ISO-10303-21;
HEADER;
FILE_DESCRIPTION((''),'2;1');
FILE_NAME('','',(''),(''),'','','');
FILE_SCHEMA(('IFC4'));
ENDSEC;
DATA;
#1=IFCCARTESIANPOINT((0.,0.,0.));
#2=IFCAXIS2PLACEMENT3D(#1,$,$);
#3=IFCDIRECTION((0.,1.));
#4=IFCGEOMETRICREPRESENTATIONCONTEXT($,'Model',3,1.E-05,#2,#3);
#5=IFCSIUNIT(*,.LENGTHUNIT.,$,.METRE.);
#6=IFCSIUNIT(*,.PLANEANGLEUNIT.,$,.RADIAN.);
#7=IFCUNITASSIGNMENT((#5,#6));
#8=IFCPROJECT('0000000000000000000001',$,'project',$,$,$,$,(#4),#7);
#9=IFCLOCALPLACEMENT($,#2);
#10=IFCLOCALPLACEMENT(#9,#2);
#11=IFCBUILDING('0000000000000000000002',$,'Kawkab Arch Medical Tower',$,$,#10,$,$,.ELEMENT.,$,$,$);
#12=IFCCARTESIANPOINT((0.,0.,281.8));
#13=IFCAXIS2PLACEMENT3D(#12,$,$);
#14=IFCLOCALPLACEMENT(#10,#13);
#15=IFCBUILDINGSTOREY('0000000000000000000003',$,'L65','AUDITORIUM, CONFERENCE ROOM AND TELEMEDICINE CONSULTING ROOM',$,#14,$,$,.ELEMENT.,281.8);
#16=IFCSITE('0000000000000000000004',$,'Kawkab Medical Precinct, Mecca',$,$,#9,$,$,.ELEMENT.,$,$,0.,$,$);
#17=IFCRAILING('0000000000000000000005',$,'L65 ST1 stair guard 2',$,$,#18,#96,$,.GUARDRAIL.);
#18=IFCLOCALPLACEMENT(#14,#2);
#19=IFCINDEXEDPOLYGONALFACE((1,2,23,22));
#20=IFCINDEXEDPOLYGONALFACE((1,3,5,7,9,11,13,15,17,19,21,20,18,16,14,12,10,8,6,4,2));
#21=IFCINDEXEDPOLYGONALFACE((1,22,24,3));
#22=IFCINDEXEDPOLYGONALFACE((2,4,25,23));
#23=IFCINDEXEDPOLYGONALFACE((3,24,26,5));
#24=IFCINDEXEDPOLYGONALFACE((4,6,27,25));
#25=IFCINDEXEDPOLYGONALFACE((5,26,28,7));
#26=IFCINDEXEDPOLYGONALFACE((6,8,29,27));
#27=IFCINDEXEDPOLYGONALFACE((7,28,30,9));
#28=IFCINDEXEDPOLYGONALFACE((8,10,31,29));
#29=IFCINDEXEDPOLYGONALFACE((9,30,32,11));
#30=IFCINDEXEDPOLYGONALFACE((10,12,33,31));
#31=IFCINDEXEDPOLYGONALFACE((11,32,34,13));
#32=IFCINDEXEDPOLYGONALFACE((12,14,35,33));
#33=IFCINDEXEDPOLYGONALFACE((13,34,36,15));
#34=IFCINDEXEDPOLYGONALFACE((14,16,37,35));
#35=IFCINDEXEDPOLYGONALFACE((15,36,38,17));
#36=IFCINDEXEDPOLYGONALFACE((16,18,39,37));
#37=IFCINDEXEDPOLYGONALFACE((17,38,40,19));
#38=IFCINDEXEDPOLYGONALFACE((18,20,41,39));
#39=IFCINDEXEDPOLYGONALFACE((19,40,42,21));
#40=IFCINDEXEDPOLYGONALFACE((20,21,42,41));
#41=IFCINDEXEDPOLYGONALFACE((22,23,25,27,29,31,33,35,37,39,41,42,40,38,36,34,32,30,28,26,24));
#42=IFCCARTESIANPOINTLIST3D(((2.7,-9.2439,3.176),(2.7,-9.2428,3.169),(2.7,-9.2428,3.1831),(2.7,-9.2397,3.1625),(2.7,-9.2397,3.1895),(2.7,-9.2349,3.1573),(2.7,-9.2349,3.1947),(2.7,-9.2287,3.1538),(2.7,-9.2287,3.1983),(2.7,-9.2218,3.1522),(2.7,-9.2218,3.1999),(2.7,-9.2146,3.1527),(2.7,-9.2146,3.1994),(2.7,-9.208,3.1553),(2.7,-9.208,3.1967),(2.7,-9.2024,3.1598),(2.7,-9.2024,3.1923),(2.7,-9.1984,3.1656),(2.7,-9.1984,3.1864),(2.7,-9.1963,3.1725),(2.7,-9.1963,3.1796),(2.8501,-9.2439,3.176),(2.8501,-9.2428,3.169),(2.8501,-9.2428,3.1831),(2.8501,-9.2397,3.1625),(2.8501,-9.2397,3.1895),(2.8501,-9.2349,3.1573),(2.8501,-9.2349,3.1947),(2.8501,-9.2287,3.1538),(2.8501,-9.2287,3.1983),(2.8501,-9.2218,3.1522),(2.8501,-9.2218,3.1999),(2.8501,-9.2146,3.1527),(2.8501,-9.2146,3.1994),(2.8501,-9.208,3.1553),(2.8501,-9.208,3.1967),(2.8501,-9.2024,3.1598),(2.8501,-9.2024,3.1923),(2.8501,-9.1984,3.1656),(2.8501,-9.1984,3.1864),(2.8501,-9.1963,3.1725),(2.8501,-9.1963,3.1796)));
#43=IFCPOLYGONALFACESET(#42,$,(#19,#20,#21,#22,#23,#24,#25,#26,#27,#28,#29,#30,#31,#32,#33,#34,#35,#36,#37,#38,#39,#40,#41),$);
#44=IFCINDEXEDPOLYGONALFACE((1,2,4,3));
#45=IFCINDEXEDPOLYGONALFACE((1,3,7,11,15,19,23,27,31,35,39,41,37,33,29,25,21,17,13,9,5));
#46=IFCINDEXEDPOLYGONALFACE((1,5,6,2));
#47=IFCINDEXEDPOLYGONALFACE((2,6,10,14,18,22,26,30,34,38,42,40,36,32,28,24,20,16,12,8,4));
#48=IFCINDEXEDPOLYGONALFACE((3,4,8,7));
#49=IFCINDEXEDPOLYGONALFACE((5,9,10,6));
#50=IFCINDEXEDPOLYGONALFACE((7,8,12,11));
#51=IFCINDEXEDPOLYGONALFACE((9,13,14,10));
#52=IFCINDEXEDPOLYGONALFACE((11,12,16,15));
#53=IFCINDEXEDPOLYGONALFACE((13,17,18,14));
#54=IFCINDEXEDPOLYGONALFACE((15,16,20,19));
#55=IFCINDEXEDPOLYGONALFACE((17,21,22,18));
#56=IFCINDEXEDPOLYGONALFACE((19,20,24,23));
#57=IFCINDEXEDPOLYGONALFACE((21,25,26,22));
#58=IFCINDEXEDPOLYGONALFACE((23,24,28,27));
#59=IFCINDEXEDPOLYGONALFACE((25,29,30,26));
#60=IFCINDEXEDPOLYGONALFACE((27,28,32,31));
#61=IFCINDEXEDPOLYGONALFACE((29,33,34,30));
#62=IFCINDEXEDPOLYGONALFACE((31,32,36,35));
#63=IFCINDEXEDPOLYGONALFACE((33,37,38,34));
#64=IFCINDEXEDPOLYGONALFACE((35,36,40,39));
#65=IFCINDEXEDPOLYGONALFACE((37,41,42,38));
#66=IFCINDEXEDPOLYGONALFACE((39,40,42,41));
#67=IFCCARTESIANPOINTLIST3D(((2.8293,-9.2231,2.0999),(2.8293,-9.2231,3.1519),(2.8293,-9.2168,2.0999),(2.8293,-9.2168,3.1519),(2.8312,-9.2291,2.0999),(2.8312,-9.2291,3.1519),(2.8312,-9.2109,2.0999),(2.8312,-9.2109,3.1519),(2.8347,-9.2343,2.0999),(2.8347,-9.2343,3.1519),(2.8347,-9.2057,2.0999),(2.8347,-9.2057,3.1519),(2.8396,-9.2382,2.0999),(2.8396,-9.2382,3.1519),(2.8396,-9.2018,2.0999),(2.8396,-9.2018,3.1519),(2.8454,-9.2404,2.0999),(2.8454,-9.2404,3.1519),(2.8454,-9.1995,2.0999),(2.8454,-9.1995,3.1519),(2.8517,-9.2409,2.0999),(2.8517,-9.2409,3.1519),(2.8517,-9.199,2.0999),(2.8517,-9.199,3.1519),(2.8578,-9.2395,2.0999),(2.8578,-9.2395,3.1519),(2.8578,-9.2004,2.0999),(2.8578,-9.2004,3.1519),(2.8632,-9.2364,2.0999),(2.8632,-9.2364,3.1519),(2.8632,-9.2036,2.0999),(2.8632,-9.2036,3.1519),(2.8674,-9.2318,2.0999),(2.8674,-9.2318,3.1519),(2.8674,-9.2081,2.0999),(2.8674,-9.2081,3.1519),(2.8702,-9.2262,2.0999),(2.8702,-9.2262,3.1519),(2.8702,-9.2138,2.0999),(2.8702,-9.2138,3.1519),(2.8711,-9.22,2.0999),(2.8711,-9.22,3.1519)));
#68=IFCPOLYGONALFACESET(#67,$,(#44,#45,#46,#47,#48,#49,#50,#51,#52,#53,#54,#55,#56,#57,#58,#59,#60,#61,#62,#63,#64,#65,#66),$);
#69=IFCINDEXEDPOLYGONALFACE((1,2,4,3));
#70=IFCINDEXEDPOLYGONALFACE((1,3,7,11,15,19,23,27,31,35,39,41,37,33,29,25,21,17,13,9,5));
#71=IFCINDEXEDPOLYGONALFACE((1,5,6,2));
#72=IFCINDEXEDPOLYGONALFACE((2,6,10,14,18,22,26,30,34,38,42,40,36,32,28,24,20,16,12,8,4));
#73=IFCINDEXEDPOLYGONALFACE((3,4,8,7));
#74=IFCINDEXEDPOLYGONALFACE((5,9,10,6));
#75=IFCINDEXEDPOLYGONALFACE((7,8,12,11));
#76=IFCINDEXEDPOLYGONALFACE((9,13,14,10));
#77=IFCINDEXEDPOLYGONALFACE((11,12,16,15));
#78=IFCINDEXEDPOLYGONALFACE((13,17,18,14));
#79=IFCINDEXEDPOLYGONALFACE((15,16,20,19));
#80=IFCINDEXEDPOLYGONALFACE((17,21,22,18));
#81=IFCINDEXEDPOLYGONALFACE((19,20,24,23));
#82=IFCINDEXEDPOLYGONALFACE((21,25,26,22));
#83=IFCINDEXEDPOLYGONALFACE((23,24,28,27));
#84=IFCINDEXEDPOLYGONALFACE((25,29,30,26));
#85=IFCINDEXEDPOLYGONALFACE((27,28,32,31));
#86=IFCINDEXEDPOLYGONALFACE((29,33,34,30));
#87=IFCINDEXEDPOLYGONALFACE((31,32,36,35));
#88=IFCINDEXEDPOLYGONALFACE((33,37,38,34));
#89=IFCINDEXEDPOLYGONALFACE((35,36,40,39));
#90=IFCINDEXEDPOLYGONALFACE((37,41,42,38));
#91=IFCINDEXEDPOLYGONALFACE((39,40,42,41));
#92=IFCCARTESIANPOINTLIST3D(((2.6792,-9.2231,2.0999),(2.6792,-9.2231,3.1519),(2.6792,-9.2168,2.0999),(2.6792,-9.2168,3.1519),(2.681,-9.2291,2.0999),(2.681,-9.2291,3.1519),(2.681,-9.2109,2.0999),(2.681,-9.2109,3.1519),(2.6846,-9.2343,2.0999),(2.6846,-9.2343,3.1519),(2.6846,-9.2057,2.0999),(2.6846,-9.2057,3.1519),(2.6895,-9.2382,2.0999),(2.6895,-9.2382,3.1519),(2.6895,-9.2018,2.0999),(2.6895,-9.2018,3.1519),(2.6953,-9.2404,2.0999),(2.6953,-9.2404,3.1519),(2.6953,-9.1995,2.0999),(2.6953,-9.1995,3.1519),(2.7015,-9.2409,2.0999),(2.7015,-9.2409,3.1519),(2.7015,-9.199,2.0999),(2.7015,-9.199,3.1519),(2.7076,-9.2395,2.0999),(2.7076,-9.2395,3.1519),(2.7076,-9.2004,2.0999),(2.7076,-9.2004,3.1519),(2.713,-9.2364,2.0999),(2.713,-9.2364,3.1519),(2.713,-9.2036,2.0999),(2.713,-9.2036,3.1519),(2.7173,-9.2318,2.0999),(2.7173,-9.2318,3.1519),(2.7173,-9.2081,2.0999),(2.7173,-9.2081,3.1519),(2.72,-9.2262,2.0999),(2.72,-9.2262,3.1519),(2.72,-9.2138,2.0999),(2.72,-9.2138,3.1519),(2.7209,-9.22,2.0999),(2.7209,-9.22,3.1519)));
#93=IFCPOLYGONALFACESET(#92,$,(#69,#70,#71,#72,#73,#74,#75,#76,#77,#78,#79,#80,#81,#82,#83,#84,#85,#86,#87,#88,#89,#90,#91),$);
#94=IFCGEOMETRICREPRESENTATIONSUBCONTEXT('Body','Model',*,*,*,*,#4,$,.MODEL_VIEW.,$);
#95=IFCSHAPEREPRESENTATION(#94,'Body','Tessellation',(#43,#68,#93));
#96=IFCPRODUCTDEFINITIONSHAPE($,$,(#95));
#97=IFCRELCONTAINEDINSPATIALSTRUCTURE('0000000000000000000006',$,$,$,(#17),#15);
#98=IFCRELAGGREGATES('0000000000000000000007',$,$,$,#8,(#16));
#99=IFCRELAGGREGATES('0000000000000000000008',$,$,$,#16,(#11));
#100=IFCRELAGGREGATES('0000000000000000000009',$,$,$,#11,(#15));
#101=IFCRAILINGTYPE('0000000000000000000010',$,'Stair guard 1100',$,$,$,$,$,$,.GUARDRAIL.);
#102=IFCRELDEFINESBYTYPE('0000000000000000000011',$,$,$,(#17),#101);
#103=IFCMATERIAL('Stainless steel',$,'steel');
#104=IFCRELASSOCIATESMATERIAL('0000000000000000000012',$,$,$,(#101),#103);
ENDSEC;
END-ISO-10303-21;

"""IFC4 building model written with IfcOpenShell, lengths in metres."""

from ifc_helpers import new_model, si_unit, direction, frame, origin, origin_2d, place, context, subcontext, project, spatial, circle, extrude, material, type_object, element, save


model = new_model("IFC4")

# Units and contexts
model_context = context("Model", 3, precision=1e-05, world=origin(), true_north=direction((0.0, 1.0)))
body_context = subcontext(model_context, "Body", "Model", "MODEL_VIEW")
ifc_project = project(units=[si_unit("LENGTHUNIT", "METRE"), si_unit("PLANEANGLEUNIT", "RADIAN")], contexts=[model_context])

# Site, building, storey
site_placement = place(None, origin())
site = spatial("IfcSite", under=ifc_project, at=site_placement, Name="Kawkab Medical Precinct, Mecca", CompositionType="ELEMENT", RefElevation=0.0)
building_placement = place(site_placement, origin())
building = spatial("IfcBuilding", under=site, at=building_placement, Name="Kawkab Arch Medical Tower", CompositionType="ELEMENT")
storey_placement = place(building_placement, frame((0.0, 0.0, 281.8)))
storey = spatial("IfcBuildingStorey", under=building, at=storey_placement, Name="L65", Description="AUDITORIUM, CONFERENCE ROOM AND TELEMEDICINE CONSULTING ROOM", CompositionType="ELEMENT", Elevation=281.8)

# Railing
ifc_material_1 = material(Name="Stainless steel", Category="steel")
railing_type_1 = type_object("IfcRailingType", Name="Stair guard 1100", PredefinedType="GUARDRAIL", material=ifc_material_1)
railing_1_placement = place(storey_placement, frame((2.8501, -9.22, 2.0999)))
element("IfcRailing", 1, at=railing_1_placement, inside=storey, type_object=railing_type_1, Name="L65 ST1 stair guard 2", PredefinedType="GUARDRAIL", context=body_context, shape_type="SweptSolid", body=[
    extrude(circle(Radius=0.0239, at=origin_2d()), frame((0.0, 0.0, 1.0762), z_axis=(-1.0, 0.0, 0.0), x_axis=(0.0, -1.0, 0.0)), (0.0, 0.0, 1.0), 0.1501),
    extrude(circle(Radius=0.021, at=origin_2d()), origin(), (0.0, 0.0, 1.0), 1.052),
    extrude(circle(Radius=0.021, at=origin_2d()), frame((-0.1501, 0.0, 0.0)), (0.0, 0.0, 1.0), 1.052),
])

save(model, "model.ifc")
